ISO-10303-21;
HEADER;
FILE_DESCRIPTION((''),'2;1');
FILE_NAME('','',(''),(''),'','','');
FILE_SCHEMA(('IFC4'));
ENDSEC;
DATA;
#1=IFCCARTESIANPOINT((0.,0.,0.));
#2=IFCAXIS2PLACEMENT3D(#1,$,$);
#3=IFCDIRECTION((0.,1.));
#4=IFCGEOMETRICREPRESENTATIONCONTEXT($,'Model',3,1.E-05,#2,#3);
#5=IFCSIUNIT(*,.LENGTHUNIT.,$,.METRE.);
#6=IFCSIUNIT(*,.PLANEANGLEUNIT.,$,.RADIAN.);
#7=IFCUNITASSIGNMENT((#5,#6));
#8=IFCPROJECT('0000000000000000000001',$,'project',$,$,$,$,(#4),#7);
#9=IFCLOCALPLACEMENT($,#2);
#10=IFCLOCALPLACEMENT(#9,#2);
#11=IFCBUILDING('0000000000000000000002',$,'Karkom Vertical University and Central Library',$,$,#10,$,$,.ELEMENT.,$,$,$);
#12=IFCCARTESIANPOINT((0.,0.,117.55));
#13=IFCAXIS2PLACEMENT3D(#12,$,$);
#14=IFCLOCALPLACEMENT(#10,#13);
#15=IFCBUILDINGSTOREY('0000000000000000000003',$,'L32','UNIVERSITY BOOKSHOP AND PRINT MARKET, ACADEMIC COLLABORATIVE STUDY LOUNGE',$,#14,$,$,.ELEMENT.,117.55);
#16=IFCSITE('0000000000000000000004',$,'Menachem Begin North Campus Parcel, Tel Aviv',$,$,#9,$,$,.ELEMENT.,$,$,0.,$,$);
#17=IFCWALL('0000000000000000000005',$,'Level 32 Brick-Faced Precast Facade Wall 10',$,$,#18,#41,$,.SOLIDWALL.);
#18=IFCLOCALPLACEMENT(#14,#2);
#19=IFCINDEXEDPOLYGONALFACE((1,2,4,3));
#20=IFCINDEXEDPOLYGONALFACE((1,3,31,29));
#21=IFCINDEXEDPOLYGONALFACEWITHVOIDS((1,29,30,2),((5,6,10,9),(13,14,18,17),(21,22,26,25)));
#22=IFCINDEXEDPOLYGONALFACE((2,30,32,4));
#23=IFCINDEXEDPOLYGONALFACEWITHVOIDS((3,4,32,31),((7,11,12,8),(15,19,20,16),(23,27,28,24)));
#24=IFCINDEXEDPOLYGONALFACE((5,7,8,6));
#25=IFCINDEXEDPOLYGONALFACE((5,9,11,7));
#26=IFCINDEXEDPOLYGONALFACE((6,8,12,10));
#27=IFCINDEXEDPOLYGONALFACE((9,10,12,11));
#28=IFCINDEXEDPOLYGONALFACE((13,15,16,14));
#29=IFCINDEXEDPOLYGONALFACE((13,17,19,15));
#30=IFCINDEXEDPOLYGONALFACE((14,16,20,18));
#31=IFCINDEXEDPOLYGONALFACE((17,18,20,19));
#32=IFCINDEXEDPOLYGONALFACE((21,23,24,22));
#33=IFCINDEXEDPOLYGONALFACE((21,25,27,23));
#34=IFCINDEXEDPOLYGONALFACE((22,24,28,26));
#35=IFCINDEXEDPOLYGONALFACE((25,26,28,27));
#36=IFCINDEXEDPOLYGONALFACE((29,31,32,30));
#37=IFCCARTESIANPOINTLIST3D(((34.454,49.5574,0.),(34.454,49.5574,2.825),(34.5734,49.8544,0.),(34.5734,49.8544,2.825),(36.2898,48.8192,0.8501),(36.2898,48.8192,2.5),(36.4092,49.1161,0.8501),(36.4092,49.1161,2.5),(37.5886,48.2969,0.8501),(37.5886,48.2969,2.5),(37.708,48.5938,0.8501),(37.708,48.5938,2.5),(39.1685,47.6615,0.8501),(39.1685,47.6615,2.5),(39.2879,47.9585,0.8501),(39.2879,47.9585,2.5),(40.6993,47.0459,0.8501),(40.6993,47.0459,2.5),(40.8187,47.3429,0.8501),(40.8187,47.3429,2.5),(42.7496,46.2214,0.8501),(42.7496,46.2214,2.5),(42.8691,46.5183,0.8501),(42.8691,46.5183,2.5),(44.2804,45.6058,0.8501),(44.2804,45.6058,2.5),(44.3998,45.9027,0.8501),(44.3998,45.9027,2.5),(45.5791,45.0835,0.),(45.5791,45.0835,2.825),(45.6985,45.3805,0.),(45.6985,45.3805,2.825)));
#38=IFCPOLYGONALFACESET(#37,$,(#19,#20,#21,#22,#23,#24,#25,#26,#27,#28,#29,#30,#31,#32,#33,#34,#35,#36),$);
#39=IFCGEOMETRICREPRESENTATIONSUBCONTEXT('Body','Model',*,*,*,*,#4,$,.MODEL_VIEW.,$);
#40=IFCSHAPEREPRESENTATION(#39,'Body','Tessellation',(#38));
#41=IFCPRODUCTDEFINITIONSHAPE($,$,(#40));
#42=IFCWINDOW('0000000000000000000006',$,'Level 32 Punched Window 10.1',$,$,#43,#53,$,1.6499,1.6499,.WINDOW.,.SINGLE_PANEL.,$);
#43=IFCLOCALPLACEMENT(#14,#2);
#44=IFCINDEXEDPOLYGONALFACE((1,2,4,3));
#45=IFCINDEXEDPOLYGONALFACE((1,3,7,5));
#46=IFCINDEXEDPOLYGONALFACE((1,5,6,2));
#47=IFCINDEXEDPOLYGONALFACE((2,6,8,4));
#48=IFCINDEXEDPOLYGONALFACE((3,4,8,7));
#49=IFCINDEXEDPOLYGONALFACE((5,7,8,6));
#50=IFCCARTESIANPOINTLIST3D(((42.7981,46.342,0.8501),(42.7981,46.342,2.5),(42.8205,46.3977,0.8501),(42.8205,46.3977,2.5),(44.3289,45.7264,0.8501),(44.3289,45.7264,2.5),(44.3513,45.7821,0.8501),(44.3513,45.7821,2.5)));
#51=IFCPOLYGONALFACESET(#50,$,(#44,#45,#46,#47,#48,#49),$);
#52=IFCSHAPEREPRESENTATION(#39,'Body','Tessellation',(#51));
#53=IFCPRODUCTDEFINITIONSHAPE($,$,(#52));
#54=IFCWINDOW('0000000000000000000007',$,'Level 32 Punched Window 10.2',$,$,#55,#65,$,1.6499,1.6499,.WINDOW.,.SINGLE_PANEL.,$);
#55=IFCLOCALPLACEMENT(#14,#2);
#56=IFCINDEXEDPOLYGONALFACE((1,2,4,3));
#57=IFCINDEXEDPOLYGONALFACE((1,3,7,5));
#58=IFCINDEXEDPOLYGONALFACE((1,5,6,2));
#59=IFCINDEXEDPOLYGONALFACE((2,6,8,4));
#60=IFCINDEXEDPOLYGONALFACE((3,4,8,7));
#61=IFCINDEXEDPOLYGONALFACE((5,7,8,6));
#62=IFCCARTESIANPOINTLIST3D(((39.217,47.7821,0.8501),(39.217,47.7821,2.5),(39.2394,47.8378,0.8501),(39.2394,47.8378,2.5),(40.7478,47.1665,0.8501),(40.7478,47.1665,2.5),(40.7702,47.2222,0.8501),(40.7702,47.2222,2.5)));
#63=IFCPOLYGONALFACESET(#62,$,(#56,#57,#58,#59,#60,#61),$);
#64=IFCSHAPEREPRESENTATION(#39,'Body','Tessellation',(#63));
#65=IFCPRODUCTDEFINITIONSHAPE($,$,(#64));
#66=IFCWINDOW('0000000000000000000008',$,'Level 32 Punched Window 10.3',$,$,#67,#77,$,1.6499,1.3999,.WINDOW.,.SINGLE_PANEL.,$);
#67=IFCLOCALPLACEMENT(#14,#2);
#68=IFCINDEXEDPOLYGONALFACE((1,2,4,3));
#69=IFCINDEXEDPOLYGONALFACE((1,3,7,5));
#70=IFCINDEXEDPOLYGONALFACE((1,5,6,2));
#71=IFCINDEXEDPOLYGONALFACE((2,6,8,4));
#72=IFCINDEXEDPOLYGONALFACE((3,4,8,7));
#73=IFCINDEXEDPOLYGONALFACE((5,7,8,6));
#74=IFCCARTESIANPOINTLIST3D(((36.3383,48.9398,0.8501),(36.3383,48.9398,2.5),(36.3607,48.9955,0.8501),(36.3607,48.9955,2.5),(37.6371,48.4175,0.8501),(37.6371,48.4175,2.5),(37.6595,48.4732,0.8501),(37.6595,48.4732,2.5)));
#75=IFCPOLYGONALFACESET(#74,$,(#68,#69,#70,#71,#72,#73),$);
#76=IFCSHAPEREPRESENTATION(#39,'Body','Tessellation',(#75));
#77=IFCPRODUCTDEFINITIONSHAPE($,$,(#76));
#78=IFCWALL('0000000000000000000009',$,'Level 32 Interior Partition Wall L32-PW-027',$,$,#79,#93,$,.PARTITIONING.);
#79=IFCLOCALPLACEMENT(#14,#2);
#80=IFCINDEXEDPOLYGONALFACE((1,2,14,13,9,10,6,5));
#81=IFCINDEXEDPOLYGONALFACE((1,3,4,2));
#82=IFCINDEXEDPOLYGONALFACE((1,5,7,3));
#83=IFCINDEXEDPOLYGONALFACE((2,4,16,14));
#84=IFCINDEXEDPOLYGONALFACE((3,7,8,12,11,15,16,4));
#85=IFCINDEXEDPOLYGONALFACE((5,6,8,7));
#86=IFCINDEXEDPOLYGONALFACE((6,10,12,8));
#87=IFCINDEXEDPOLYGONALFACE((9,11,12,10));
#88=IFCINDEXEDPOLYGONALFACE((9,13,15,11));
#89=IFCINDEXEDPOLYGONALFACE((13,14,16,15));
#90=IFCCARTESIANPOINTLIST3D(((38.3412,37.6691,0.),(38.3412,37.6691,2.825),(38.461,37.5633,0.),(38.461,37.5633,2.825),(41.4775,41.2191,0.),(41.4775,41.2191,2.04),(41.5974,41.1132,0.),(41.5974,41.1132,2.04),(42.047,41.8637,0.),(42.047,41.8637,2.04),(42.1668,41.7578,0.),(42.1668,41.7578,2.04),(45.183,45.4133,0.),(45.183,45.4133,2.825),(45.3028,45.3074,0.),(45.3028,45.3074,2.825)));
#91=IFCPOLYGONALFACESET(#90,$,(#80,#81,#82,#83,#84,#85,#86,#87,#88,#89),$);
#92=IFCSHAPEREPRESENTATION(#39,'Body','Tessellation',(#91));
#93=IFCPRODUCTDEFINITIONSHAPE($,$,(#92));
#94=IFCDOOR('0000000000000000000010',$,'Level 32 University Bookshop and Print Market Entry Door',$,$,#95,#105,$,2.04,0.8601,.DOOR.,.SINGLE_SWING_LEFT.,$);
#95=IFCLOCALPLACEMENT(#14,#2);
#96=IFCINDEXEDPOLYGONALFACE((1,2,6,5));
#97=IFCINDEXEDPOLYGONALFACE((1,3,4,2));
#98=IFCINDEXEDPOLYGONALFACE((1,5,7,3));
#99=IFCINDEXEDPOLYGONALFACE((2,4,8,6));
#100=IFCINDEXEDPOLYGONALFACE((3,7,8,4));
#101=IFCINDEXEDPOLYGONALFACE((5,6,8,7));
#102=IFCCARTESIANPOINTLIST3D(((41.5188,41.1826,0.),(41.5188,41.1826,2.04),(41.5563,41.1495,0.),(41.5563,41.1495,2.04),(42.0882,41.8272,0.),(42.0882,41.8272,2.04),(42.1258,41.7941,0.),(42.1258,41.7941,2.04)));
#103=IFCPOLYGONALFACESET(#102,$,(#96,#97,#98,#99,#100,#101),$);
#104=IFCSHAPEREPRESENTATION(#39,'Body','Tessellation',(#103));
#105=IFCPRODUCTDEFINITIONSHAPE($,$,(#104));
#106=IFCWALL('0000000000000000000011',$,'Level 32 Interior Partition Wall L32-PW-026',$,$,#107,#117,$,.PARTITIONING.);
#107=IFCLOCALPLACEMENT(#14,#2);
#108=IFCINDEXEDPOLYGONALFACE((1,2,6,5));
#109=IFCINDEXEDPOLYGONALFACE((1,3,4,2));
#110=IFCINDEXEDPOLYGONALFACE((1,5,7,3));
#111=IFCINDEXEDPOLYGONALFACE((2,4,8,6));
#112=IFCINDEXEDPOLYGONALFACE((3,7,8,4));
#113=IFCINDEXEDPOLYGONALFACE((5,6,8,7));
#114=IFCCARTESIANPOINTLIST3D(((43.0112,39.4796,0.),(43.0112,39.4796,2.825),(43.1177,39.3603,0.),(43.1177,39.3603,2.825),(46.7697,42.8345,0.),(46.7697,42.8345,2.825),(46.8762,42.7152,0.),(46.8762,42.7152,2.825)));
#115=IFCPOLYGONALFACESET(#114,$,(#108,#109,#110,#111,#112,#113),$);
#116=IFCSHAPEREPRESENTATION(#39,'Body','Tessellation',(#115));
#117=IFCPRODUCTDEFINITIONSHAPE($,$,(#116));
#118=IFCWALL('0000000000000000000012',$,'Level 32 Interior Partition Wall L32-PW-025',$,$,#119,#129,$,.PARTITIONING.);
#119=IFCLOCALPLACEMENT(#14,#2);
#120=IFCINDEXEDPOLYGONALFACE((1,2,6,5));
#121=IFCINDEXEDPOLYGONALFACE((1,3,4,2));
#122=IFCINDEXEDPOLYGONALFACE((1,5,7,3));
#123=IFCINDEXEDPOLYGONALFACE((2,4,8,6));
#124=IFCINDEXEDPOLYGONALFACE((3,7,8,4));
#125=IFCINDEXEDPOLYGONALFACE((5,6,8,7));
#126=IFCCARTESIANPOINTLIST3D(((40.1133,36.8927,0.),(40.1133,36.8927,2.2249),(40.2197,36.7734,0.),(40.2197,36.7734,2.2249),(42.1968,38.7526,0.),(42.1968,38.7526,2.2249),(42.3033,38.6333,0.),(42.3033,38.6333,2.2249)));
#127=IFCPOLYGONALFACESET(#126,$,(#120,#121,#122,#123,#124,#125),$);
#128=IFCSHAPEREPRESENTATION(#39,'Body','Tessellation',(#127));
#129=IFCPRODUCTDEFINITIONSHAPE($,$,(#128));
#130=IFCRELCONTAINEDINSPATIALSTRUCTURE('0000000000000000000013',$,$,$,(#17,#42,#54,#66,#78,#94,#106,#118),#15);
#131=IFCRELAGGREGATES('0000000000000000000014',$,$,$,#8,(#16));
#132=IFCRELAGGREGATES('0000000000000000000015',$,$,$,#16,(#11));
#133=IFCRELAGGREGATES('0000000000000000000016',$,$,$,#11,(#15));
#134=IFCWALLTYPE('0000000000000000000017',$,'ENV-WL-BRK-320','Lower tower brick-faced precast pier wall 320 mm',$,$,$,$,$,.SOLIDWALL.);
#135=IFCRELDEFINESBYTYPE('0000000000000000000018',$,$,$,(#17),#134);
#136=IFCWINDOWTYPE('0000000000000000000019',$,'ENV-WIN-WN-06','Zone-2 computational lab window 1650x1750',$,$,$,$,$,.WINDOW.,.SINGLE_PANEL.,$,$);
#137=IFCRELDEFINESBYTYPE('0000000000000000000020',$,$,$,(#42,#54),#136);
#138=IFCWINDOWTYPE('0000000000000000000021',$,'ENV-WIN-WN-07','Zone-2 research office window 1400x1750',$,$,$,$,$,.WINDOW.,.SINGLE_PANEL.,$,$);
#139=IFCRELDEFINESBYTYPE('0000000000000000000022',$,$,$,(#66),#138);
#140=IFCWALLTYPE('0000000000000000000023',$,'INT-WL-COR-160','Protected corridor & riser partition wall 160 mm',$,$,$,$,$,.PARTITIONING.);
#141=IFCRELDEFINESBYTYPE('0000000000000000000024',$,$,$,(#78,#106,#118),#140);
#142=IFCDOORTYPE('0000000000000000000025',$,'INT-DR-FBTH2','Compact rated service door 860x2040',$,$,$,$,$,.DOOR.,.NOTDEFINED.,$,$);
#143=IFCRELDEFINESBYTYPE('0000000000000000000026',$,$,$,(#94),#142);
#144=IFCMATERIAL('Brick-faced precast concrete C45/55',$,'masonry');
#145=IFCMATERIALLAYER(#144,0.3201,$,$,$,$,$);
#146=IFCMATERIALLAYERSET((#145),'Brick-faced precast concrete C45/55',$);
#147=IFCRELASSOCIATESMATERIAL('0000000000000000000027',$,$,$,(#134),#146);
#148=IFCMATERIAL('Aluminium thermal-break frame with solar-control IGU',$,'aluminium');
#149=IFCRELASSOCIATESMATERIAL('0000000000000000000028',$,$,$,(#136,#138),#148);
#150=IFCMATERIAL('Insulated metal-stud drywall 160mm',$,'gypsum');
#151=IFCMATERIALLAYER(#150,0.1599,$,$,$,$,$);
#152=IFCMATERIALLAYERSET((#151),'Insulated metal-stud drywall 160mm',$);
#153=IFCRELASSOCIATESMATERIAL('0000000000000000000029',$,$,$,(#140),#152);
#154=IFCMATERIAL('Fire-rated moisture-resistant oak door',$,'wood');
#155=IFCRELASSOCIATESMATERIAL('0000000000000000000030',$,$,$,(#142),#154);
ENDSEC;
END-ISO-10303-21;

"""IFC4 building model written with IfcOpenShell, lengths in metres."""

from ifc_helpers import new_model, si_unit, direction, frame, frame_2d, origin, origin_with_axes, place, context, subcontext, project, spatial, rectangle, extrude, source, transform, mapped, material, layer, layer_set, type_object, element, fill, save


model = new_model("IFC4")

# Units and contexts
model_context = context("Model", 3, precision=1e-05, world=origin(), true_north=direction((0.0, 1.0)))
body_context = subcontext(model_context, "Body", "Model", "MODEL_VIEW")
ifc_project = project(units=[si_unit("LENGTHUNIT", "METRE"), si_unit("PLANEANGLEUNIT", "RADIAN")], contexts=[model_context])

# Site, building, storey
site_placement = place(None, origin())
site = spatial("IfcSite", under=ifc_project, at=site_placement, Name="Menachem Begin North Campus Parcel, Tel Aviv", CompositionType="ELEMENT", RefElevation=0.0)
building_placement = place(site_placement, origin())
building = spatial("IfcBuilding", under=site, at=building_placement, Name="Karkom Vertical University and Central Library", CompositionType="ELEMENT")
storey_placement = place(building_placement, frame((0.0, 0.0, 117.55)))
storey = spatial("IfcBuildingStorey", under=building, at=storey_placement, Name="L32", Description="UNIVERSITY BOOKSHOP AND PRINT MARKET, ACADEMIC COLLABORATIVE STUDY LOUNGE", CompositionType="ELEMENT", Elevation=117.55)

# Wall, openings, windows
ifc_material_1 = material(Name="Brick-faced precast concrete C45/55", Category="masonry")
ifc_layer_1 = layer(ifc_material_1, 0.3201)
ifc_layer_set_1 = layer_set([ifc_layer_1], Name="Brick-faced precast concrete C45/55")
wall_type_1 = type_object("IfcWallType", Name="ENV-WL-BRK-320", Description="Lower tower brick-faced precast pier wall 320 mm", PredefinedType="SOLIDWALL", material=ifc_layer_set_1)
ifc_material_2 = material(Name="Aluminium thermal-break frame with solar-control IGU", Category="aluminium")
window_type_1 = type_object("IfcWindowType", Name="ENV-WIN-WN-06", Description="Zone-2 computational lab window 1650x1750", PartitioningType="SINGLE_PANEL", PredefinedType="WINDOW", material=ifc_material_2)
shared_shape_1 = source(origin_with_axes(), body_context, "Body", "SweptSolid", [
    extrude(rectangle(XDim=1.6499, YDim=1.6499, at=frame_2d((0.825, 0.825))), frame((0.0, 0.03, 0.0), z_axis=(0.0, -1.0, 0.0), x_axis=(1.0, 0.0, 0.0)), (0.0, 0.0, 1.0), 0.0601),
])
wall_1_placement = place(storey_placement, frame((45.6389, 45.2319, 0.0), z_axis=(0.0, 0.0, 1.0), x_axis=(-0.927788, 0.373107, 0.0)))
wall_1 = element("IfcWall", 1, at=wall_1_placement, inside=storey, type_object=wall_type_1, Name="Level 32 Brick-Faced Precast Facade Wall 10", PredefinedType="SOLIDWALL", context=body_context, shape_type="SweptSolid", body=[
    extrude(rectangle(XDim=11.991, YDim=0.3201, at=frame_2d((5.9956, 0.0))), origin(), (0.0, 0.0, 1.0), 2.825),
])
opening_1_placement = place(wall_1_placement, frame((1.3999, 0.0, 0.8501)))
opening_1 = element("IfcOpeningElement", 2, at=opening_1_placement, cuts=wall_1, PredefinedType="OPENING", context=body_context, shape_type="SweptSolid", body=[
    extrude(rectangle(XDim=1.6499, YDim=1.6499, at=frame_2d((0.825, 0.825))), frame((0.0, 0.1699, 0.0), z_axis=(0.0, -1.0, 0.0), x_axis=(1.0, 0.0, 0.0)), (0.0, 0.0, 1.0), 0.3401),
])
opening_2_placement = place(wall_1_placement, frame((5.2598, 0.0, 0.8501)))
opening_2 = element("IfcOpeningElement", 3, at=opening_2_placement, cuts=wall_1, PredefinedType="OPENING", context=body_context, shape_type="SweptSolid", body=[
    extrude(rectangle(XDim=1.6499, YDim=1.6499, at=frame_2d((0.825, 0.825))), frame((0.0, 0.1699, 0.0), z_axis=(0.0, -1.0, 0.0), x_axis=(1.0, 0.0, 0.0)), (0.0, 0.0, 1.0), 0.3401),
])
opening_3_placement = place(wall_1_placement, frame((8.6125, 0.0, 0.8501)))
opening_3 = element("IfcOpeningElement", 4, at=opening_3_placement, cuts=wall_1, PredefinedType="OPENING", context=body_context, shape_type="SweptSolid", body=[
    extrude(rectangle(XDim=1.3999, YDim=1.6499, at=frame_2d((0.7, 0.825))), frame((0.0, 0.1699, 0.0), z_axis=(0.0, -1.0, 0.0), x_axis=(1.0, 0.0, 0.0)), (0.0, 0.0, 1.0), 0.3401),
])
window_1_placement = place(opening_1_placement, origin())
window_1 = element("IfcWindow", 5, at=window_1_placement, inside=storey, type_object=window_type_1, Name="Level 32 Punched Window 10.1", OverallHeight=1.6499, OverallWidth=1.6499, PartitioningType="SINGLE_PANEL", PredefinedType="WINDOW", context=body_context, shape_type="MappedRepresentation", body=[
    mapped(shared_shape_1, transform((0.0, 0.0, 0.0), scale=1.0)),
])
fill(opening_1, window_1)
window_2_placement = place(opening_2_placement, origin())
window_2 = element("IfcWindow", 6, at=window_2_placement, inside=storey, type_object=window_type_1, Name="Level 32 Punched Window 10.2", OverallHeight=1.6499, OverallWidth=1.6499, PartitioningType="SINGLE_PANEL", PredefinedType="WINDOW", context=body_context, shape_type="MappedRepresentation", body=[
    mapped(shared_shape_1, transform((0.0, 0.0, 0.0), scale=1.0)),
])
fill(opening_2, window_2)
window_type_2 = type_object("IfcWindowType", Name="ENV-WIN-WN-07", Description="Zone-2 research office window 1400x1750", PartitioningType="SINGLE_PANEL", PredefinedType="WINDOW", material=ifc_material_2)
shared_shape_2 = source(origin_with_axes(), body_context, "Body", "SweptSolid", [
    extrude(rectangle(XDim=1.3999, YDim=1.6499, at=frame_2d((0.7, 0.825))), frame((0.0, 0.03, 0.0), z_axis=(0.0, -1.0, 0.0), x_axis=(1.0, 0.0, 0.0)), (0.0, 0.0, 1.0), 0.0601),
])
window_3_placement = place(opening_3_placement, origin())
window_3 = element("IfcWindow", 7, at=window_3_placement, inside=storey, type_object=window_type_2, Name="Level 32 Punched Window 10.3", OverallHeight=1.6499, OverallWidth=1.3999, PartitioningType="SINGLE_PANEL", PredefinedType="WINDOW", context=body_context, shape_type="MappedRepresentation", body=[
    mapped(shared_shape_2, transform((0.0, 0.0, 0.0), scale=1.0)),
])
fill(opening_3, window_3)

# Shared definitions
ifc_material_3 = material(Name="Insulated metal-stud drywall 160mm", Category="gypsum")
ifc_layer_2 = layer(ifc_material_3, 0.1599)
ifc_layer_set_2 = layer_set([ifc_layer_2], Name="Insulated metal-stud drywall 160mm")
wall_type_2 = type_object("IfcWallType", Name="INT-WL-COR-160", Description="Protected corridor & riser partition wall 160 mm", PredefinedType="PARTITIONING", material=ifc_layer_set_2)

# Wall, opening, door
wall_2_placement = place(storey_placement, frame((38.4011, 37.6162, 0.0), z_axis=(0.0, 0.0, 1.0), x_axis=(0.662097, 0.749419, 0.0)))
wall_2 = element("IfcWall", 8, at=wall_2_placement, inside=storey, type_object=wall_type_2, Name="Level 32 Interior Partition Wall L32-PW-027", PredefinedType="PARTITIONING", context=body_context, shape_type="SweptSolid", body=[
    extrude(rectangle(XDim=10.3335, YDim=0.1599, at=frame_2d((5.1667, 0.0))), origin(), (0.0, 0.0, 1.0), 2.825),
])
opening_4_placement = place(wall_2_placement, frame((4.7368, 0.0, 0.0)))
opening_4 = element("IfcOpeningElement", 9, at=opening_4_placement, cuts=wall_2, PredefinedType="OPENING", context=body_context, shape_type="SweptSolid", body=[
    extrude(rectangle(XDim=0.8601, YDim=2.04, at=frame_2d((0.4302, 1.02))), frame((0.0, 0.0898, 0.0), z_axis=(0.0, -1.0, 0.0), x_axis=(1.0, 0.0, 0.0)), (0.0, 0.0, 1.0), 0.1799),
])
ifc_material_4 = material(Name="Fire-rated moisture-resistant oak door", Category="wood")
door_type_1 = type_object("IfcDoorType", Name="INT-DR-FBTH2", Description="Compact rated service door 860x2040", OperationType="NOTDEFINED", PredefinedType="DOOR", material=ifc_material_4)
shared_shape_3 = source(origin_with_axes(), body_context, "Body", "SweptSolid", [
    extrude(rectangle(XDim=0.8601, YDim=2.04, at=frame_2d((0.4302, 1.02))), frame((0.0, 0.0249, 0.0), z_axis=(0.0, -1.0, 0.0), x_axis=(1.0, 0.0, 0.0)), (0.0, 0.0, 1.0), 0.05),
])
door_1_placement = place(opening_4_placement, origin())
door_1 = element("IfcDoor", 10, at=door_1_placement, inside=storey, type_object=door_type_1, Name="Level 32 University Bookshop and Print Market Entry Door", OperationType="SINGLE_SWING_LEFT", OverallHeight=2.04, OverallWidth=0.8601, PredefinedType="DOOR", context=body_context, shape_type="MappedRepresentation", body=[
    mapped(shared_shape_3, transform((0.0, 0.0, 0.0), scale=1.0)),
])
fill(opening_4, door_1)

# Walls
wall_3_placement = place(storey_placement, frame((43.0645, 39.4199, 0.0), z_axis=(0.0, 0.0, 1.0), x_axis=(0.746023, 0.66592, 0.0)))
element("IfcWall", 11, at=wall_3_placement, inside=storey, type_object=wall_type_2, Name="Level 32 Interior Partition Wall L32-PW-026", PredefinedType="PARTITIONING", context=body_context, shape_type="SweptSolid", body=[
    extrude(rectangle(XDim=5.0381, YDim=0.1599, at=frame_2d((2.519, 0.0))), origin(), (0.0, 0.0, 1.0), 2.825),
])
wall_4_placement = place(storey_placement, frame((40.1665, 36.833, 0.0), z_axis=(0.0, 0.0, 1.0), x_axis=(0.746009, 0.665936, 0.0)))
element("IfcWall", 12, at=wall_4_placement, inside=storey, type_object=wall_type_2, Name="Level 32 Interior Partition Wall L32-PW-025", PredefinedType="PARTITIONING", context=body_context, shape_type="SweptSolid", body=[
    extrude(rectangle(XDim=2.793, YDim=0.1599, at=frame_2d((1.3965, 0.0))), origin(), (0.0, 0.0, 1.0), 2.2249),
])

save(model, "model.ifc")
